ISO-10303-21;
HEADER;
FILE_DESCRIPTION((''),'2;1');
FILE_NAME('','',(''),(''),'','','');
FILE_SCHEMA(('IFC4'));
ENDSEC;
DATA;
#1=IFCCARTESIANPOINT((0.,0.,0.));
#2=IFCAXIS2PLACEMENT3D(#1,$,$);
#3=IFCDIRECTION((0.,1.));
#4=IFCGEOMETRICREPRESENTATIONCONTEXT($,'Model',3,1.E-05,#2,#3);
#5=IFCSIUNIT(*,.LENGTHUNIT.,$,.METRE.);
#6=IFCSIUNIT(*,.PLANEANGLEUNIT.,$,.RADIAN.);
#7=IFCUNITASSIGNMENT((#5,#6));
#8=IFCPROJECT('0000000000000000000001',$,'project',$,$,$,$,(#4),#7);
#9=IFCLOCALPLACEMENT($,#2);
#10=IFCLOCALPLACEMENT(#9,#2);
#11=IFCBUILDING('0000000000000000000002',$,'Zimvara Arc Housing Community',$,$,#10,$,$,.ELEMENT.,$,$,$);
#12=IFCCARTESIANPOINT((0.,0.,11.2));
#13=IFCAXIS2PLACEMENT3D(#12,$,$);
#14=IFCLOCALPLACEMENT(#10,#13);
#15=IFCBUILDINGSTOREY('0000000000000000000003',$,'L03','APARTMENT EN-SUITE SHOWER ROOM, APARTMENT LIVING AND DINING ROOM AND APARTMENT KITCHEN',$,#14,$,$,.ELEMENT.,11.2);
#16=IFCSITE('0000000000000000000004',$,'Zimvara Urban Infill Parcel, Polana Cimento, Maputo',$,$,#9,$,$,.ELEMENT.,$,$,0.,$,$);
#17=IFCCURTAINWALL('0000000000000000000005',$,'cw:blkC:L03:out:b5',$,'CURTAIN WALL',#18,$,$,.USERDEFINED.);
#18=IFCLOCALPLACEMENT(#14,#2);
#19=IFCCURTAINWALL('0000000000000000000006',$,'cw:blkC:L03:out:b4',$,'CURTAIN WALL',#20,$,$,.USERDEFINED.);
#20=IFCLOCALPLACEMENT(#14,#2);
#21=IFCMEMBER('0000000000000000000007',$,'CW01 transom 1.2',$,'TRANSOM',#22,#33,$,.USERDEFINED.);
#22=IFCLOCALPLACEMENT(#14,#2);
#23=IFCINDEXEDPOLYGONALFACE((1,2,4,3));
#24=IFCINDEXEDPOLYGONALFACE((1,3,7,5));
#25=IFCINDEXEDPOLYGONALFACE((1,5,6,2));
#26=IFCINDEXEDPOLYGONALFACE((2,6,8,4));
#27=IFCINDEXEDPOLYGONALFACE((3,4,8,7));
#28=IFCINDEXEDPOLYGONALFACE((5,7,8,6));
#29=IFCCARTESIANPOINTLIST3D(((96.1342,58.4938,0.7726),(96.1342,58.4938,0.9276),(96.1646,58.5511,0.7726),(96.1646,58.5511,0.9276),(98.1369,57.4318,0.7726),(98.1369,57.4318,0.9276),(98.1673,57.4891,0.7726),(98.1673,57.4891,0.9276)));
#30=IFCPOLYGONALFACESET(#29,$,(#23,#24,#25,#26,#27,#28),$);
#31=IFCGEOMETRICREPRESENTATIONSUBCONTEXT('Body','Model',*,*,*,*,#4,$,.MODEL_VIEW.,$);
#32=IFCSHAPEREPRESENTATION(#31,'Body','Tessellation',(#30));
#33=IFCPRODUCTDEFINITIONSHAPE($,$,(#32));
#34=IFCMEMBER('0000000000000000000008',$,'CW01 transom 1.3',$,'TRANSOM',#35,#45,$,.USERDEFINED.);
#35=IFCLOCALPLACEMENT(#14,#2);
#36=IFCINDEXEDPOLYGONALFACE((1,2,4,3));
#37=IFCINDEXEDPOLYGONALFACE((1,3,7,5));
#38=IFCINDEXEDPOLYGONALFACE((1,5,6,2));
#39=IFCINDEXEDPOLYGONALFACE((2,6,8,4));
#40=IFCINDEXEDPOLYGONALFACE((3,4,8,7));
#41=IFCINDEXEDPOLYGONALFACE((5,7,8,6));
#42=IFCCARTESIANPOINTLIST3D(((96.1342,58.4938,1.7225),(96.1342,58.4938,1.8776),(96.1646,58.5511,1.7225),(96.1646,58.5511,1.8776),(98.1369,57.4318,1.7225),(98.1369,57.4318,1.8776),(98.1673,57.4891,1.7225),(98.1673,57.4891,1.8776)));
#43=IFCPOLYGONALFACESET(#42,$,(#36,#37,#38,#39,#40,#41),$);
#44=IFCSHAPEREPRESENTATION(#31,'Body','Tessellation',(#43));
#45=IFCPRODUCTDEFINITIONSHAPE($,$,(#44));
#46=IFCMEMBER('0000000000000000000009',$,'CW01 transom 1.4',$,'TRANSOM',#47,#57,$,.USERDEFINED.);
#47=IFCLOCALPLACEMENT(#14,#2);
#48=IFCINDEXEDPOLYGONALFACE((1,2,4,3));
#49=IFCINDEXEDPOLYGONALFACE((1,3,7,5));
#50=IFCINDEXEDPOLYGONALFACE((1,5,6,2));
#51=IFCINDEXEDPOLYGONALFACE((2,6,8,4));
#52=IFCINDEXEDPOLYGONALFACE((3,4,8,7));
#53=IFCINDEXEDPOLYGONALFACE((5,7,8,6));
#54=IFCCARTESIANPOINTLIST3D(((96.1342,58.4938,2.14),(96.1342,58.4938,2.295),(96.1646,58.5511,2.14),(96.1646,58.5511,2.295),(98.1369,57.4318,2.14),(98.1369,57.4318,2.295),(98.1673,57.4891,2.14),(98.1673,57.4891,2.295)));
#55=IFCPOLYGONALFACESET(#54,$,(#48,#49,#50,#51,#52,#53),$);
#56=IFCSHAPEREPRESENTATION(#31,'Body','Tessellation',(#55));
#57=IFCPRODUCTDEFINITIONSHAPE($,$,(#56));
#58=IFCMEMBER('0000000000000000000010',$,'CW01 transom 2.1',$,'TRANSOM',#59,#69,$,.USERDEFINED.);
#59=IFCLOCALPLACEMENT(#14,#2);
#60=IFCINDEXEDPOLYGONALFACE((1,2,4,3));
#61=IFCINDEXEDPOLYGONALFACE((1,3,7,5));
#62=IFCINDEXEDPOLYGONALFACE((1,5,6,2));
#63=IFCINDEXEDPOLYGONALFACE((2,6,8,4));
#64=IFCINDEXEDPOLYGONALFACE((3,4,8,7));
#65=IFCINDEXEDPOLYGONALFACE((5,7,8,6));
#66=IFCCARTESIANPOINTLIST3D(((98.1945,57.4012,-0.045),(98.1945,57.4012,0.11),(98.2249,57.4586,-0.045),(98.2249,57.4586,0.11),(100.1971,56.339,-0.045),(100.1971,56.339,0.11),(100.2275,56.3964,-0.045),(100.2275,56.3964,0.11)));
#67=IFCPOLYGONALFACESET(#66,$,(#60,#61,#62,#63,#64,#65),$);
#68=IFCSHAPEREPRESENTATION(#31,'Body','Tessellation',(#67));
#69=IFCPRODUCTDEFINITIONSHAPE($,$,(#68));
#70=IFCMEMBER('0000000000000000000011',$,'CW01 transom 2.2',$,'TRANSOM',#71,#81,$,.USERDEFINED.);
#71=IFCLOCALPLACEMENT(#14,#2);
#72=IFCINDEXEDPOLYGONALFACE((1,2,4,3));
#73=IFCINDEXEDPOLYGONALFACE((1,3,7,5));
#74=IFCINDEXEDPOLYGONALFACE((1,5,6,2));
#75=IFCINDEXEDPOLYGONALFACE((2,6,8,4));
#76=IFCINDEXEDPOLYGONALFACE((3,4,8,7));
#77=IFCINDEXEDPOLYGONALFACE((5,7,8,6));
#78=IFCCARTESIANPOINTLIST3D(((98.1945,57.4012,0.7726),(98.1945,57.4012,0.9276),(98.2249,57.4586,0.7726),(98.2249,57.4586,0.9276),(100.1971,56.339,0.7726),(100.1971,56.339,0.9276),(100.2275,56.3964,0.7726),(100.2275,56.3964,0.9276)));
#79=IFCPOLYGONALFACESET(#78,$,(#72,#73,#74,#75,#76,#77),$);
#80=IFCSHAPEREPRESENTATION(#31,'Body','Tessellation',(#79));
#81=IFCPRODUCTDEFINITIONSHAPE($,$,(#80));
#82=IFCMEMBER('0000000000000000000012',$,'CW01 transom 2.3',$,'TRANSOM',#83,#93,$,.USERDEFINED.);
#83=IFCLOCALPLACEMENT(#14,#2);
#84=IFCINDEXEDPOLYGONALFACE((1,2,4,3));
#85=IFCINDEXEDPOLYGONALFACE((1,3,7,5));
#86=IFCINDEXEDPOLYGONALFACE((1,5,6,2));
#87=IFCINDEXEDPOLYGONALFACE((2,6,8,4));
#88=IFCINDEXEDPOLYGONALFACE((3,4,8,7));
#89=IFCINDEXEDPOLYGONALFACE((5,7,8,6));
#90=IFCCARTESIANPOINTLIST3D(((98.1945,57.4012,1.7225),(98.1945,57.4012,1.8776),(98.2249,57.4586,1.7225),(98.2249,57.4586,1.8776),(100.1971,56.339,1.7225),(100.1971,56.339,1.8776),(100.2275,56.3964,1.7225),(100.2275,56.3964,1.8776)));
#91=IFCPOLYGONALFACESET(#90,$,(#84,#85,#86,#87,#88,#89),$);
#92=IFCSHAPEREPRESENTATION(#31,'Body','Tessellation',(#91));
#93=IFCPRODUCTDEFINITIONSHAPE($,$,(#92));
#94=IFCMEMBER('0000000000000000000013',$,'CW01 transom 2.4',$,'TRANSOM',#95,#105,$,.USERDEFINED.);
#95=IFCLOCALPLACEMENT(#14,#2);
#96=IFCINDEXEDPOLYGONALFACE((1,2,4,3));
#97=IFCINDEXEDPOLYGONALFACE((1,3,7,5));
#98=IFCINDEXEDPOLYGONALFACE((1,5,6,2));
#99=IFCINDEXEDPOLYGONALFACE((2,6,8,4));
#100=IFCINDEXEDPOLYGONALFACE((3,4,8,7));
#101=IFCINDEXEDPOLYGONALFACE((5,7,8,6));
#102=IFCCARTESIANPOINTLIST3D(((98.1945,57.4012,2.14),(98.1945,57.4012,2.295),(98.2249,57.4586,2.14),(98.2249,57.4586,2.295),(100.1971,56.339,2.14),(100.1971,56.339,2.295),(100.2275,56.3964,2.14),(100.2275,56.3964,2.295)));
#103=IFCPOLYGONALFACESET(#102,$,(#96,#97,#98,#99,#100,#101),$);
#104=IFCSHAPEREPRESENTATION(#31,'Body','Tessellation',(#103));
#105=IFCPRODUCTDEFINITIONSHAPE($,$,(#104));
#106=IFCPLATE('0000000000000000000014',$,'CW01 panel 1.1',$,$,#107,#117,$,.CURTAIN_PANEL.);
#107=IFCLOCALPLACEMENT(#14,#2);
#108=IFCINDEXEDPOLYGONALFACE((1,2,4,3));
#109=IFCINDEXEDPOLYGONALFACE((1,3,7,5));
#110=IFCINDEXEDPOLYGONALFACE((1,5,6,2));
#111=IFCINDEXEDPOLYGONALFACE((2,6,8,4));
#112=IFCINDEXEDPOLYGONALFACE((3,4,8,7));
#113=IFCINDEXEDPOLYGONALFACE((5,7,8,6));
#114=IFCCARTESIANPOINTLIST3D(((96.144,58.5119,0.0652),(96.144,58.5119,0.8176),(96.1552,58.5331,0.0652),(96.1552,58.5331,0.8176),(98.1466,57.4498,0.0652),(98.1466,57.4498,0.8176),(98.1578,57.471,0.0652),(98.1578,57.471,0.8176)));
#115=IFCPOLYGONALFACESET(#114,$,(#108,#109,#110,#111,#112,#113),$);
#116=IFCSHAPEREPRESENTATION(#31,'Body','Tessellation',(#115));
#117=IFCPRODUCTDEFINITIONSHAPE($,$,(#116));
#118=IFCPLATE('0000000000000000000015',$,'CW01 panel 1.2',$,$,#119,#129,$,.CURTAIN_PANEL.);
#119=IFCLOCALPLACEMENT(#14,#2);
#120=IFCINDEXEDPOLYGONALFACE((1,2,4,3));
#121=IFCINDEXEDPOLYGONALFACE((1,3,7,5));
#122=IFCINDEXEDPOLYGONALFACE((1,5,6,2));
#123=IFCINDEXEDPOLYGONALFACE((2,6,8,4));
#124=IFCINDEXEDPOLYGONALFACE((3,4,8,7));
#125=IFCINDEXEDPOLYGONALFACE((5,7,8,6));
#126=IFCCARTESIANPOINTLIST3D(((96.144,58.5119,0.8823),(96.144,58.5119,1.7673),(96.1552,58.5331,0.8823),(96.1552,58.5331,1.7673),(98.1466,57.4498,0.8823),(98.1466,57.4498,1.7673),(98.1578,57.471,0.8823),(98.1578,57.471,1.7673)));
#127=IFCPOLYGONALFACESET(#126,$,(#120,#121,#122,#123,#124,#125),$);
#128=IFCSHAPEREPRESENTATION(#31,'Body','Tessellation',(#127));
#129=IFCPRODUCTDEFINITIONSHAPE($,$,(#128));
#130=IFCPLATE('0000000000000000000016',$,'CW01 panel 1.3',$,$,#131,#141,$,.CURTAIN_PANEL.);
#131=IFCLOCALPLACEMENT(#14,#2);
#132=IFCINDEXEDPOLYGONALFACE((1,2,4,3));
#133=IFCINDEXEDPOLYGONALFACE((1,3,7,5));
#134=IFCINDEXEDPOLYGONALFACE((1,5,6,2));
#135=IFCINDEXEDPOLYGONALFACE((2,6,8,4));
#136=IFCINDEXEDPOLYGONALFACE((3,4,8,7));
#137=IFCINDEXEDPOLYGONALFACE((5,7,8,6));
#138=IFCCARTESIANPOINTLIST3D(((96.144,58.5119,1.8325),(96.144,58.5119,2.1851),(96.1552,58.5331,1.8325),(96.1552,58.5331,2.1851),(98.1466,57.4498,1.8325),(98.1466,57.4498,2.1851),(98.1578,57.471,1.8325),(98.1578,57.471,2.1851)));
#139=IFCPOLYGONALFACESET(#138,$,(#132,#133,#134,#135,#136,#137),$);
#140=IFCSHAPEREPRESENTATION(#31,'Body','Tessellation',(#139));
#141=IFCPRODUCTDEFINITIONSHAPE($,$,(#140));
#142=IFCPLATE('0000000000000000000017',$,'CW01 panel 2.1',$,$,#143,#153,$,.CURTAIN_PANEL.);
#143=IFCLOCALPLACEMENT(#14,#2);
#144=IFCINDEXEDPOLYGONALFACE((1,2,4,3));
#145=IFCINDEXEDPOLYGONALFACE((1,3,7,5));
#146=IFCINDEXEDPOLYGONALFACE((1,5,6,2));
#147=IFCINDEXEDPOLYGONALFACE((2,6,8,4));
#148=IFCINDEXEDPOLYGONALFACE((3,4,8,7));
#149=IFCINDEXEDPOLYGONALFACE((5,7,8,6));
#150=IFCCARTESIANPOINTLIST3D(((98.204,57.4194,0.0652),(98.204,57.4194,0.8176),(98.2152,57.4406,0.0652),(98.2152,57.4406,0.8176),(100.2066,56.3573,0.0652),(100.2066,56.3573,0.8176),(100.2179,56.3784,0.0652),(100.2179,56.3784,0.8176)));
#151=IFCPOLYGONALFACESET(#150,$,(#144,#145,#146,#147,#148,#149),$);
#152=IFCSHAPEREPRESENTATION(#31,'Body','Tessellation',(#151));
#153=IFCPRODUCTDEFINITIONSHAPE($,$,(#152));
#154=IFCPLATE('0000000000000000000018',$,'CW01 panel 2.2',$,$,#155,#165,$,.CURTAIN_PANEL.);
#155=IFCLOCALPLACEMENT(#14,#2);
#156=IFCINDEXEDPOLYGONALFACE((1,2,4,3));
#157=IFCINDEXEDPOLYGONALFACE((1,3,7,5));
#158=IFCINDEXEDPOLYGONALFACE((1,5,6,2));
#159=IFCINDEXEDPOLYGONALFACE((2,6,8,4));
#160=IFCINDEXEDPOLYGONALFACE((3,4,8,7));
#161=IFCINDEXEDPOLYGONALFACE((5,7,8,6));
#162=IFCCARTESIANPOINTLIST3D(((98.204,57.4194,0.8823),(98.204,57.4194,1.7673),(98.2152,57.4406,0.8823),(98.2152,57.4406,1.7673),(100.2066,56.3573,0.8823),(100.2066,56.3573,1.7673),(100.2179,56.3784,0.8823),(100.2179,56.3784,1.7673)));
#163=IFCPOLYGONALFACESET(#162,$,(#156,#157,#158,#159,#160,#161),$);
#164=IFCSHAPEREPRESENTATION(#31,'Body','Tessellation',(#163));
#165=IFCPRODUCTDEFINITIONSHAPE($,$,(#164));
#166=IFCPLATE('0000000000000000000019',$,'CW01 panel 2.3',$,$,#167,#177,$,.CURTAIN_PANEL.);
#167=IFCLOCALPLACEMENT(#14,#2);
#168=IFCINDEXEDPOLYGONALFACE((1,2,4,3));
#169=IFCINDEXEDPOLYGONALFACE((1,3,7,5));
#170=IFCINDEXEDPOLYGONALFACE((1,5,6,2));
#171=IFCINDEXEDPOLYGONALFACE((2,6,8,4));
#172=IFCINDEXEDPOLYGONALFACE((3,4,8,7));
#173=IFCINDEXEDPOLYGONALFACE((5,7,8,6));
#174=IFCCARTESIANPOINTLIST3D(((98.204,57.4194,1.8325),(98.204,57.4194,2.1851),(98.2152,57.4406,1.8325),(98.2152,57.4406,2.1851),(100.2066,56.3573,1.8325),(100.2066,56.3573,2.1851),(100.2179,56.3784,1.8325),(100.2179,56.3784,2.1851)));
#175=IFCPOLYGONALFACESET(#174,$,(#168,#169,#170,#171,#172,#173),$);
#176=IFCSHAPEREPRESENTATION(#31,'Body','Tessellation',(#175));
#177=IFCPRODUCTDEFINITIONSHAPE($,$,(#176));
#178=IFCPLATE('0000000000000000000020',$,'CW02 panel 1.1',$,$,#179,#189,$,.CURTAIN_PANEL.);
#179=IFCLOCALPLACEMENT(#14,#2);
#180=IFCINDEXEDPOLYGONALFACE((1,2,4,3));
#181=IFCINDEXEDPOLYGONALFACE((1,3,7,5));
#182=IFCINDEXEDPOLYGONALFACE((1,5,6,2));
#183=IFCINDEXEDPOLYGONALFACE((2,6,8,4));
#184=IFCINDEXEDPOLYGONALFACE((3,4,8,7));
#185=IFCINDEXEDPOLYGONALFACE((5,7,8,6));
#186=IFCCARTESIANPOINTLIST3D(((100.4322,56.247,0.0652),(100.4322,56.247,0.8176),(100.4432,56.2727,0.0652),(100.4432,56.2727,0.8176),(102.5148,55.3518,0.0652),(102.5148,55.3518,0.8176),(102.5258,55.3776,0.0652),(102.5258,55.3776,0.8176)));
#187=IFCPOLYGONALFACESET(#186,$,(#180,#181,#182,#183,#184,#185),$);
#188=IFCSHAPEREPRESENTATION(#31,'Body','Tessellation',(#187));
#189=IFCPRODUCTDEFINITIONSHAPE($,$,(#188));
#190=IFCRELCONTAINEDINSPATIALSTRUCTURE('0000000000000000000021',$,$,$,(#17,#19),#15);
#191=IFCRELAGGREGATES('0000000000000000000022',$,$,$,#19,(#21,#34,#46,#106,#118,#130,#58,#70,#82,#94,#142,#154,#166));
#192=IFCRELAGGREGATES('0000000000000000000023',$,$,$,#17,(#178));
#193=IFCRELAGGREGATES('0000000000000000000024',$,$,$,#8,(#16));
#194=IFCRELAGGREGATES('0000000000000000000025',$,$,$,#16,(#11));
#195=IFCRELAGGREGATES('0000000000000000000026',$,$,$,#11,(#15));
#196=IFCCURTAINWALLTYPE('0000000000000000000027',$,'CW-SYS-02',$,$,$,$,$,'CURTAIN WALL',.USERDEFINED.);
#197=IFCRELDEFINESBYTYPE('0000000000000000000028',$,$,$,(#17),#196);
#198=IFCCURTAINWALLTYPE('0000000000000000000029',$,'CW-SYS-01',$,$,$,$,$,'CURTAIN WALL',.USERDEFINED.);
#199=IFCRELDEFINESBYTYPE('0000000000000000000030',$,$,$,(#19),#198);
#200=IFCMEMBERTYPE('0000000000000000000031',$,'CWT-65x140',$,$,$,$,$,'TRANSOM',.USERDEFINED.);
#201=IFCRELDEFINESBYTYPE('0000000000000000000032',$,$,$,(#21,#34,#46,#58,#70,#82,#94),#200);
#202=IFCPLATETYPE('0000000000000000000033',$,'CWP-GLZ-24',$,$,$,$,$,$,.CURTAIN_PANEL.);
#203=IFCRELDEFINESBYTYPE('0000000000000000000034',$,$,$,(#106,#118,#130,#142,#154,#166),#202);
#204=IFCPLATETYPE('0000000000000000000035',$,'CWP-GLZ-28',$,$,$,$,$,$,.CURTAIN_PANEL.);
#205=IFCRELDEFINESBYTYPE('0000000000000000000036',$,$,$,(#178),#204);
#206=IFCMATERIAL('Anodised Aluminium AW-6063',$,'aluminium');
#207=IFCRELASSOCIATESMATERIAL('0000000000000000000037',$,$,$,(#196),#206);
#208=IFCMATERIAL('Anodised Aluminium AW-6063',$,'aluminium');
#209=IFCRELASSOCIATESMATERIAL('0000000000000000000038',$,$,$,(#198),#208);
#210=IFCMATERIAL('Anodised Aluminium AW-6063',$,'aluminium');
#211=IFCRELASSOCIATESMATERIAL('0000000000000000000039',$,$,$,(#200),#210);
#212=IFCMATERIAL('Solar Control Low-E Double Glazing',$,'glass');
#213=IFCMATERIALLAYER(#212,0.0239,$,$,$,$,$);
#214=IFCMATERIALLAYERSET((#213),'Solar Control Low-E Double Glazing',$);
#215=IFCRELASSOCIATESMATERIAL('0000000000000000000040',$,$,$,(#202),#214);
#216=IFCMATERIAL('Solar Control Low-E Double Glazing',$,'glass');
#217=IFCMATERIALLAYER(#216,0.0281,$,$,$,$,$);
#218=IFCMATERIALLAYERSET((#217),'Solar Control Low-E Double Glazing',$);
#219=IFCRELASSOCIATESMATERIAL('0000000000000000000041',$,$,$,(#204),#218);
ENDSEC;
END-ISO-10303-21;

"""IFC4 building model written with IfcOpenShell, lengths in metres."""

from ifc_helpers import new_model, si_unit, direction, frame, origin, origin_2d, place, context, subcontext, project, spatial, rectangle, extrude, material, layer, layer_set, material_profile, profile_set, type_object, element, aggregate, save


model = new_model("IFC4")

# Units and contexts
model_context = context("Model", 3, precision=1e-05, world=origin(), true_north=direction((0.0, 1.0)))
body_context = subcontext(model_context, "Body", "Model", "MODEL_VIEW")
ifc_project = project(units=[si_unit("LENGTHUNIT", "METRE"), si_unit("PLANEANGLEUNIT", "RADIAN")], contexts=[model_context])

# Site, building, storey
site_placement = place(None, origin())
site = spatial("IfcSite", under=ifc_project, at=site_placement, Name="Zimvara Urban Infill Parcel, Polana Cimento, Maputo", CompositionType="ELEMENT", RefElevation=0.0)
building_placement = place(site_placement, origin())
building = spatial("IfcBuilding", under=site, at=building_placement, Name="Zimvara Arc Housing Community", CompositionType="ELEMENT")
storey_placement = place(building_placement, frame((0.0, 0.0, 11.2)))
storey = spatial("IfcBuildingStorey", under=building, at=storey_placement, Name="L03", Description="APARTMENT EN-SUITE SHOWER ROOM, APARTMENT LIVING AND DINING ROOM AND APARTMENT KITCHEN", CompositionType="ELEMENT", Elevation=11.2)

# Curtain wall
ifc_material_1 = material(Name="Anodised Aluminium AW-6063", Category="aluminium")
curtain_wall_type_1 = type_object("IfcCurtainWallType", Name="CW-SYS-02", ElementType="CURTAIN WALL", PredefinedType="USERDEFINED", material=ifc_material_1)
curtain_wall_1_placement = place(storey_placement, origin())
curtain_wall_1 = element("IfcCurtainWall", 1, at=curtain_wall_1_placement, inside=storey, type_object=curtain_wall_type_1, Name="cw:blkC:L03:out:b5", ObjectType="CURTAIN WALL", PredefinedType="USERDEFINED")

# Curtain wall
ifc_material_2 = material(Name="Anodised Aluminium AW-6063", Category="aluminium")
curtain_wall_type_2 = type_object("IfcCurtainWallType", Name="CW-SYS-01", ElementType="CURTAIN WALL", PredefinedType="USERDEFINED", material=ifc_material_2)
curtain_wall_2_placement = place(storey_placement, origin())
curtain_wall_2 = element("IfcCurtainWall", 2, at=curtain_wall_2_placement, inside=storey, type_object=curtain_wall_type_2, Name="cw:blkC:L03:out:b4", ObjectType="CURTAIN WALL", PredefinedType="USERDEFINED")

# Members
ifc_material_3 = material(Name="Anodised Aluminium AW-6063", Category="aluminium")
ifc_material_profile_1 = material_profile(ifc_material_3, rectangle(XDim=0.0649, YDim=0.155, at=origin_2d()), Name="ALU 65x155")
ifc_profile_set_1 = profile_set([ifc_material_profile_1], Name="Anodised Aluminium AW-6063")
member_type_1 = type_object("IfcMemberType", Name="CWT-65x140", ElementType="TRANSOM", PredefinedType="USERDEFINED", material=ifc_profile_set_1)
member_1_placement = place(storey_placement, frame((96.1494, 58.5225, 0.8501), z_axis=(0.883465, -0.468496, 0.0), x_axis=(0.468496, 0.883465, 0.0)))
member_1 = element("IfcMember", 3, at=member_1_placement, type_object=member_type_1, Name="CW01 transom 1.2", ObjectType="TRANSOM", PredefinedType="USERDEFINED", context=body_context, shape_type="SweptSolid", body=[
    extrude(rectangle(XDim=0.0649, YDim=0.155, at=origin_2d()), origin(), (0.0, 0.0, 1.0), 2.2668),
])
member_2_placement = place(storey_placement, frame((96.1494, 58.5225, 1.8), z_axis=(0.883465, -0.468496, 0.0), x_axis=(0.468496, 0.883465, 0.0)))
member_2 = element("IfcMember", 4, at=member_2_placement, type_object=member_type_1, Name="CW01 transom 1.3", ObjectType="TRANSOM", PredefinedType="USERDEFINED", context=body_context, shape_type="SweptSolid", body=[
    extrude(rectangle(XDim=0.0649, YDim=0.155, at=origin_2d()), origin(), (0.0, 0.0, 1.0), 2.2668),
])
member_3_placement = place(storey_placement, frame((96.1494, 58.5225, 2.2175), z_axis=(0.883465, -0.468496, 0.0), x_axis=(0.468496, 0.883465, 0.0)))
member_3 = element("IfcMember", 5, at=member_3_placement, type_object=member_type_1, Name="CW01 transom 1.4", ObjectType="TRANSOM", PredefinedType="USERDEFINED", context=body_context, shape_type="SweptSolid", body=[
    extrude(rectangle(XDim=0.0649, YDim=0.155, at=origin_2d()), origin(), (0.0, 0.0, 1.0), 2.2668),
])
member_4_placement = place(storey_placement, frame((98.2097, 57.4299, 0.0325), z_axis=(0.883421, -0.46858, 0.0), x_axis=(0.46858, 0.883421, 0.0)))
member_4 = element("IfcMember", 6, at=member_4_placement, type_object=member_type_1, Name="CW01 transom 2.1", ObjectType="TRANSOM", PredefinedType="USERDEFINED", context=body_context, shape_type="SweptSolid", body=[
    extrude(rectangle(XDim=0.0649, YDim=0.155, at=origin_2d()), origin(), (0.0, 0.0, 1.0), 2.2668),
])
member_5_placement = place(storey_placement, frame((98.2097, 57.4299, 0.8501), z_axis=(0.883421, -0.46858, 0.0), x_axis=(0.46858, 0.883421, 0.0)))
member_5 = element("IfcMember", 7, at=member_5_placement, type_object=member_type_1, Name="CW01 transom 2.2", ObjectType="TRANSOM", PredefinedType="USERDEFINED", context=body_context, shape_type="SweptSolid", body=[
    extrude(rectangle(XDim=0.0649, YDim=0.155, at=origin_2d()), origin(), (0.0, 0.0, 1.0), 2.2668),
])
member_6_placement = place(storey_placement, frame((98.2097, 57.4299, 1.8), z_axis=(0.883421, -0.46858, 0.0), x_axis=(0.46858, 0.883421, 0.0)))
member_6 = element("IfcMember", 8, at=member_6_placement, type_object=member_type_1, Name="CW01 transom 2.3", ObjectType="TRANSOM", PredefinedType="USERDEFINED", context=body_context, shape_type="SweptSolid", body=[
    extrude(rectangle(XDim=0.0649, YDim=0.155, at=origin_2d()), origin(), (0.0, 0.0, 1.0), 2.2668),
])
member_7_placement = place(storey_placement, frame((98.2097, 57.4299, 2.2175), z_axis=(0.883421, -0.46858, 0.0), x_axis=(0.46858, 0.883421, 0.0)))
member_7 = element("IfcMember", 9, at=member_7_placement, type_object=member_type_1, Name="CW01 transom 2.4", ObjectType="TRANSOM", PredefinedType="USERDEFINED", context=body_context, shape_type="SweptSolid", body=[
    extrude(rectangle(XDim=0.0649, YDim=0.155, at=origin_2d()), origin(), (0.0, 0.0, 1.0), 2.2668),
])

# Plates
ifc_material_4 = material(Name="Solar Control Low-E Double Glazing", Category="glass")
ifc_layer_1 = layer(ifc_material_4, 0.0239)
ifc_layer_set_1 = layer_set([ifc_layer_1], Name="Solar Control Low-E Double Glazing")
plate_type_1 = type_object("IfcPlateType", Name="CWP-GLZ-24", PredefinedType="CURTAIN_PANEL", material=ifc_layer_set_1)
plate_1_placement = place(storey_placement, frame((97.1509, 57.9915, 0.0652), z_axis=(0.0, 0.0, 1.0), x_axis=(0.883439, -0.468547, 0.0)))
plate_1 = element("IfcPlate", 10, at=plate_1_placement, type_object=plate_type_1, Name="CW01 panel 1.1", PredefinedType="CURTAIN_PANEL", context=body_context, shape_type="SweptSolid", body=[
    extrude(rectangle(XDim=2.2668, YDim=0.0239, at=origin_2d()), origin(), (0.0, 0.0, 1.0), 0.7524),
])
plate_2_placement = place(storey_placement, frame((97.1509, 57.9915, 0.8823), z_axis=(0.0, 0.0, 1.0), x_axis=(0.883439, -0.468547, 0.0)))
plate_2 = element("IfcPlate", 11, at=plate_2_placement, type_object=plate_type_1, Name="CW01 panel 1.2", PredefinedType="CURTAIN_PANEL", context=body_context, shape_type="SweptSolid", body=[
    extrude(rectangle(XDim=2.2668, YDim=0.0239, at=origin_2d()), origin(), (0.0, 0.0, 1.0), 0.885),
])
plate_3_placement = place(storey_placement, frame((97.1509, 57.9915, 1.8325), z_axis=(0.0, 0.0, 1.0), x_axis=(0.883439, -0.468547, 0.0)))
plate_3 = element("IfcPlate", 12, at=plate_3_placement, type_object=plate_type_1, Name="CW01 panel 1.3", PredefinedType="CURTAIN_PANEL", context=body_context, shape_type="SweptSolid", body=[
    extrude(rectangle(XDim=2.2668, YDim=0.0239, at=origin_2d()), origin(), (0.0, 0.0, 1.0), 0.3525),
])
plate_4_placement = place(storey_placement, frame((99.2109, 56.8989, 0.0652), z_axis=(0.0, 0.0, 1.0), x_axis=(0.883439, -0.468547, 0.0)))
plate_4 = element("IfcPlate", 13, at=plate_4_placement, type_object=plate_type_1, Name="CW01 panel 2.1", PredefinedType="CURTAIN_PANEL", context=body_context, shape_type="SweptSolid", body=[
    extrude(rectangle(XDim=2.2668, YDim=0.0239, at=origin_2d()), origin(), (0.0, 0.0, 1.0), 0.7524),
])
plate_5_placement = place(storey_placement, frame((99.2109, 56.8989, 0.8823), z_axis=(0.0, 0.0, 1.0), x_axis=(0.883439, -0.468547, 0.0)))
plate_5 = element("IfcPlate", 14, at=plate_5_placement, type_object=plate_type_1, Name="CW01 panel 2.2", PredefinedType="CURTAIN_PANEL", context=body_context, shape_type="SweptSolid", body=[
    extrude(rectangle(XDim=2.2668, YDim=0.0239, at=origin_2d()), origin(), (0.0, 0.0, 1.0), 0.885),
])
plate_6_placement = place(storey_placement, frame((99.2109, 56.8989, 1.8325), z_axis=(0.0, 0.0, 1.0), x_axis=(0.883439, -0.468547, 0.0)))
plate_6 = element("IfcPlate", 15, at=plate_6_placement, type_object=plate_type_1, Name="CW01 panel 2.3", PredefinedType="CURTAIN_PANEL", context=body_context, shape_type="SweptSolid", body=[
    extrude(rectangle(XDim=2.2668, YDim=0.0239, at=origin_2d()), origin(), (0.0, 0.0, 1.0), 0.3525),
])
aggregate(curtain_wall_2, [member_1, member_2, member_3, plate_1, plate_2, plate_3, member_4, member_5, member_6, member_7, plate_4, plate_5, plate_6])
ifc_material_5 = material(Name="Solar Control Low-E Double Glazing", Category="glass")
ifc_layer_2 = layer(ifc_material_5, 0.0281)
ifc_layer_set_2 = layer_set([ifc_layer_2], Name="Solar Control Low-E Double Glazing")
plate_type_2 = type_object("IfcPlateType", Name="CWP-GLZ-28", PredefinedType="CURTAIN_PANEL", material=ifc_layer_set_2)
plate_7_placement = place(storey_placement, frame((101.479, 55.8123, 0.0652), z_axis=(0.0, 0.0, 1.0), x_axis=(0.918722, -0.394904, 0.0)))
plate_7 = element("IfcPlate", 16, at=plate_7_placement, type_object=plate_type_2, Name="CW02 panel 1.1", PredefinedType="CURTAIN_PANEL", context=body_context, shape_type="SweptSolid", body=[
    extrude(rectangle(XDim=2.2668, YDim=0.0281, at=origin_2d()), origin(), (0.0, 0.0, 1.0), 0.7524),
])
aggregate(curtain_wall_1, [plate_7])

save(model, "model.ifc")
